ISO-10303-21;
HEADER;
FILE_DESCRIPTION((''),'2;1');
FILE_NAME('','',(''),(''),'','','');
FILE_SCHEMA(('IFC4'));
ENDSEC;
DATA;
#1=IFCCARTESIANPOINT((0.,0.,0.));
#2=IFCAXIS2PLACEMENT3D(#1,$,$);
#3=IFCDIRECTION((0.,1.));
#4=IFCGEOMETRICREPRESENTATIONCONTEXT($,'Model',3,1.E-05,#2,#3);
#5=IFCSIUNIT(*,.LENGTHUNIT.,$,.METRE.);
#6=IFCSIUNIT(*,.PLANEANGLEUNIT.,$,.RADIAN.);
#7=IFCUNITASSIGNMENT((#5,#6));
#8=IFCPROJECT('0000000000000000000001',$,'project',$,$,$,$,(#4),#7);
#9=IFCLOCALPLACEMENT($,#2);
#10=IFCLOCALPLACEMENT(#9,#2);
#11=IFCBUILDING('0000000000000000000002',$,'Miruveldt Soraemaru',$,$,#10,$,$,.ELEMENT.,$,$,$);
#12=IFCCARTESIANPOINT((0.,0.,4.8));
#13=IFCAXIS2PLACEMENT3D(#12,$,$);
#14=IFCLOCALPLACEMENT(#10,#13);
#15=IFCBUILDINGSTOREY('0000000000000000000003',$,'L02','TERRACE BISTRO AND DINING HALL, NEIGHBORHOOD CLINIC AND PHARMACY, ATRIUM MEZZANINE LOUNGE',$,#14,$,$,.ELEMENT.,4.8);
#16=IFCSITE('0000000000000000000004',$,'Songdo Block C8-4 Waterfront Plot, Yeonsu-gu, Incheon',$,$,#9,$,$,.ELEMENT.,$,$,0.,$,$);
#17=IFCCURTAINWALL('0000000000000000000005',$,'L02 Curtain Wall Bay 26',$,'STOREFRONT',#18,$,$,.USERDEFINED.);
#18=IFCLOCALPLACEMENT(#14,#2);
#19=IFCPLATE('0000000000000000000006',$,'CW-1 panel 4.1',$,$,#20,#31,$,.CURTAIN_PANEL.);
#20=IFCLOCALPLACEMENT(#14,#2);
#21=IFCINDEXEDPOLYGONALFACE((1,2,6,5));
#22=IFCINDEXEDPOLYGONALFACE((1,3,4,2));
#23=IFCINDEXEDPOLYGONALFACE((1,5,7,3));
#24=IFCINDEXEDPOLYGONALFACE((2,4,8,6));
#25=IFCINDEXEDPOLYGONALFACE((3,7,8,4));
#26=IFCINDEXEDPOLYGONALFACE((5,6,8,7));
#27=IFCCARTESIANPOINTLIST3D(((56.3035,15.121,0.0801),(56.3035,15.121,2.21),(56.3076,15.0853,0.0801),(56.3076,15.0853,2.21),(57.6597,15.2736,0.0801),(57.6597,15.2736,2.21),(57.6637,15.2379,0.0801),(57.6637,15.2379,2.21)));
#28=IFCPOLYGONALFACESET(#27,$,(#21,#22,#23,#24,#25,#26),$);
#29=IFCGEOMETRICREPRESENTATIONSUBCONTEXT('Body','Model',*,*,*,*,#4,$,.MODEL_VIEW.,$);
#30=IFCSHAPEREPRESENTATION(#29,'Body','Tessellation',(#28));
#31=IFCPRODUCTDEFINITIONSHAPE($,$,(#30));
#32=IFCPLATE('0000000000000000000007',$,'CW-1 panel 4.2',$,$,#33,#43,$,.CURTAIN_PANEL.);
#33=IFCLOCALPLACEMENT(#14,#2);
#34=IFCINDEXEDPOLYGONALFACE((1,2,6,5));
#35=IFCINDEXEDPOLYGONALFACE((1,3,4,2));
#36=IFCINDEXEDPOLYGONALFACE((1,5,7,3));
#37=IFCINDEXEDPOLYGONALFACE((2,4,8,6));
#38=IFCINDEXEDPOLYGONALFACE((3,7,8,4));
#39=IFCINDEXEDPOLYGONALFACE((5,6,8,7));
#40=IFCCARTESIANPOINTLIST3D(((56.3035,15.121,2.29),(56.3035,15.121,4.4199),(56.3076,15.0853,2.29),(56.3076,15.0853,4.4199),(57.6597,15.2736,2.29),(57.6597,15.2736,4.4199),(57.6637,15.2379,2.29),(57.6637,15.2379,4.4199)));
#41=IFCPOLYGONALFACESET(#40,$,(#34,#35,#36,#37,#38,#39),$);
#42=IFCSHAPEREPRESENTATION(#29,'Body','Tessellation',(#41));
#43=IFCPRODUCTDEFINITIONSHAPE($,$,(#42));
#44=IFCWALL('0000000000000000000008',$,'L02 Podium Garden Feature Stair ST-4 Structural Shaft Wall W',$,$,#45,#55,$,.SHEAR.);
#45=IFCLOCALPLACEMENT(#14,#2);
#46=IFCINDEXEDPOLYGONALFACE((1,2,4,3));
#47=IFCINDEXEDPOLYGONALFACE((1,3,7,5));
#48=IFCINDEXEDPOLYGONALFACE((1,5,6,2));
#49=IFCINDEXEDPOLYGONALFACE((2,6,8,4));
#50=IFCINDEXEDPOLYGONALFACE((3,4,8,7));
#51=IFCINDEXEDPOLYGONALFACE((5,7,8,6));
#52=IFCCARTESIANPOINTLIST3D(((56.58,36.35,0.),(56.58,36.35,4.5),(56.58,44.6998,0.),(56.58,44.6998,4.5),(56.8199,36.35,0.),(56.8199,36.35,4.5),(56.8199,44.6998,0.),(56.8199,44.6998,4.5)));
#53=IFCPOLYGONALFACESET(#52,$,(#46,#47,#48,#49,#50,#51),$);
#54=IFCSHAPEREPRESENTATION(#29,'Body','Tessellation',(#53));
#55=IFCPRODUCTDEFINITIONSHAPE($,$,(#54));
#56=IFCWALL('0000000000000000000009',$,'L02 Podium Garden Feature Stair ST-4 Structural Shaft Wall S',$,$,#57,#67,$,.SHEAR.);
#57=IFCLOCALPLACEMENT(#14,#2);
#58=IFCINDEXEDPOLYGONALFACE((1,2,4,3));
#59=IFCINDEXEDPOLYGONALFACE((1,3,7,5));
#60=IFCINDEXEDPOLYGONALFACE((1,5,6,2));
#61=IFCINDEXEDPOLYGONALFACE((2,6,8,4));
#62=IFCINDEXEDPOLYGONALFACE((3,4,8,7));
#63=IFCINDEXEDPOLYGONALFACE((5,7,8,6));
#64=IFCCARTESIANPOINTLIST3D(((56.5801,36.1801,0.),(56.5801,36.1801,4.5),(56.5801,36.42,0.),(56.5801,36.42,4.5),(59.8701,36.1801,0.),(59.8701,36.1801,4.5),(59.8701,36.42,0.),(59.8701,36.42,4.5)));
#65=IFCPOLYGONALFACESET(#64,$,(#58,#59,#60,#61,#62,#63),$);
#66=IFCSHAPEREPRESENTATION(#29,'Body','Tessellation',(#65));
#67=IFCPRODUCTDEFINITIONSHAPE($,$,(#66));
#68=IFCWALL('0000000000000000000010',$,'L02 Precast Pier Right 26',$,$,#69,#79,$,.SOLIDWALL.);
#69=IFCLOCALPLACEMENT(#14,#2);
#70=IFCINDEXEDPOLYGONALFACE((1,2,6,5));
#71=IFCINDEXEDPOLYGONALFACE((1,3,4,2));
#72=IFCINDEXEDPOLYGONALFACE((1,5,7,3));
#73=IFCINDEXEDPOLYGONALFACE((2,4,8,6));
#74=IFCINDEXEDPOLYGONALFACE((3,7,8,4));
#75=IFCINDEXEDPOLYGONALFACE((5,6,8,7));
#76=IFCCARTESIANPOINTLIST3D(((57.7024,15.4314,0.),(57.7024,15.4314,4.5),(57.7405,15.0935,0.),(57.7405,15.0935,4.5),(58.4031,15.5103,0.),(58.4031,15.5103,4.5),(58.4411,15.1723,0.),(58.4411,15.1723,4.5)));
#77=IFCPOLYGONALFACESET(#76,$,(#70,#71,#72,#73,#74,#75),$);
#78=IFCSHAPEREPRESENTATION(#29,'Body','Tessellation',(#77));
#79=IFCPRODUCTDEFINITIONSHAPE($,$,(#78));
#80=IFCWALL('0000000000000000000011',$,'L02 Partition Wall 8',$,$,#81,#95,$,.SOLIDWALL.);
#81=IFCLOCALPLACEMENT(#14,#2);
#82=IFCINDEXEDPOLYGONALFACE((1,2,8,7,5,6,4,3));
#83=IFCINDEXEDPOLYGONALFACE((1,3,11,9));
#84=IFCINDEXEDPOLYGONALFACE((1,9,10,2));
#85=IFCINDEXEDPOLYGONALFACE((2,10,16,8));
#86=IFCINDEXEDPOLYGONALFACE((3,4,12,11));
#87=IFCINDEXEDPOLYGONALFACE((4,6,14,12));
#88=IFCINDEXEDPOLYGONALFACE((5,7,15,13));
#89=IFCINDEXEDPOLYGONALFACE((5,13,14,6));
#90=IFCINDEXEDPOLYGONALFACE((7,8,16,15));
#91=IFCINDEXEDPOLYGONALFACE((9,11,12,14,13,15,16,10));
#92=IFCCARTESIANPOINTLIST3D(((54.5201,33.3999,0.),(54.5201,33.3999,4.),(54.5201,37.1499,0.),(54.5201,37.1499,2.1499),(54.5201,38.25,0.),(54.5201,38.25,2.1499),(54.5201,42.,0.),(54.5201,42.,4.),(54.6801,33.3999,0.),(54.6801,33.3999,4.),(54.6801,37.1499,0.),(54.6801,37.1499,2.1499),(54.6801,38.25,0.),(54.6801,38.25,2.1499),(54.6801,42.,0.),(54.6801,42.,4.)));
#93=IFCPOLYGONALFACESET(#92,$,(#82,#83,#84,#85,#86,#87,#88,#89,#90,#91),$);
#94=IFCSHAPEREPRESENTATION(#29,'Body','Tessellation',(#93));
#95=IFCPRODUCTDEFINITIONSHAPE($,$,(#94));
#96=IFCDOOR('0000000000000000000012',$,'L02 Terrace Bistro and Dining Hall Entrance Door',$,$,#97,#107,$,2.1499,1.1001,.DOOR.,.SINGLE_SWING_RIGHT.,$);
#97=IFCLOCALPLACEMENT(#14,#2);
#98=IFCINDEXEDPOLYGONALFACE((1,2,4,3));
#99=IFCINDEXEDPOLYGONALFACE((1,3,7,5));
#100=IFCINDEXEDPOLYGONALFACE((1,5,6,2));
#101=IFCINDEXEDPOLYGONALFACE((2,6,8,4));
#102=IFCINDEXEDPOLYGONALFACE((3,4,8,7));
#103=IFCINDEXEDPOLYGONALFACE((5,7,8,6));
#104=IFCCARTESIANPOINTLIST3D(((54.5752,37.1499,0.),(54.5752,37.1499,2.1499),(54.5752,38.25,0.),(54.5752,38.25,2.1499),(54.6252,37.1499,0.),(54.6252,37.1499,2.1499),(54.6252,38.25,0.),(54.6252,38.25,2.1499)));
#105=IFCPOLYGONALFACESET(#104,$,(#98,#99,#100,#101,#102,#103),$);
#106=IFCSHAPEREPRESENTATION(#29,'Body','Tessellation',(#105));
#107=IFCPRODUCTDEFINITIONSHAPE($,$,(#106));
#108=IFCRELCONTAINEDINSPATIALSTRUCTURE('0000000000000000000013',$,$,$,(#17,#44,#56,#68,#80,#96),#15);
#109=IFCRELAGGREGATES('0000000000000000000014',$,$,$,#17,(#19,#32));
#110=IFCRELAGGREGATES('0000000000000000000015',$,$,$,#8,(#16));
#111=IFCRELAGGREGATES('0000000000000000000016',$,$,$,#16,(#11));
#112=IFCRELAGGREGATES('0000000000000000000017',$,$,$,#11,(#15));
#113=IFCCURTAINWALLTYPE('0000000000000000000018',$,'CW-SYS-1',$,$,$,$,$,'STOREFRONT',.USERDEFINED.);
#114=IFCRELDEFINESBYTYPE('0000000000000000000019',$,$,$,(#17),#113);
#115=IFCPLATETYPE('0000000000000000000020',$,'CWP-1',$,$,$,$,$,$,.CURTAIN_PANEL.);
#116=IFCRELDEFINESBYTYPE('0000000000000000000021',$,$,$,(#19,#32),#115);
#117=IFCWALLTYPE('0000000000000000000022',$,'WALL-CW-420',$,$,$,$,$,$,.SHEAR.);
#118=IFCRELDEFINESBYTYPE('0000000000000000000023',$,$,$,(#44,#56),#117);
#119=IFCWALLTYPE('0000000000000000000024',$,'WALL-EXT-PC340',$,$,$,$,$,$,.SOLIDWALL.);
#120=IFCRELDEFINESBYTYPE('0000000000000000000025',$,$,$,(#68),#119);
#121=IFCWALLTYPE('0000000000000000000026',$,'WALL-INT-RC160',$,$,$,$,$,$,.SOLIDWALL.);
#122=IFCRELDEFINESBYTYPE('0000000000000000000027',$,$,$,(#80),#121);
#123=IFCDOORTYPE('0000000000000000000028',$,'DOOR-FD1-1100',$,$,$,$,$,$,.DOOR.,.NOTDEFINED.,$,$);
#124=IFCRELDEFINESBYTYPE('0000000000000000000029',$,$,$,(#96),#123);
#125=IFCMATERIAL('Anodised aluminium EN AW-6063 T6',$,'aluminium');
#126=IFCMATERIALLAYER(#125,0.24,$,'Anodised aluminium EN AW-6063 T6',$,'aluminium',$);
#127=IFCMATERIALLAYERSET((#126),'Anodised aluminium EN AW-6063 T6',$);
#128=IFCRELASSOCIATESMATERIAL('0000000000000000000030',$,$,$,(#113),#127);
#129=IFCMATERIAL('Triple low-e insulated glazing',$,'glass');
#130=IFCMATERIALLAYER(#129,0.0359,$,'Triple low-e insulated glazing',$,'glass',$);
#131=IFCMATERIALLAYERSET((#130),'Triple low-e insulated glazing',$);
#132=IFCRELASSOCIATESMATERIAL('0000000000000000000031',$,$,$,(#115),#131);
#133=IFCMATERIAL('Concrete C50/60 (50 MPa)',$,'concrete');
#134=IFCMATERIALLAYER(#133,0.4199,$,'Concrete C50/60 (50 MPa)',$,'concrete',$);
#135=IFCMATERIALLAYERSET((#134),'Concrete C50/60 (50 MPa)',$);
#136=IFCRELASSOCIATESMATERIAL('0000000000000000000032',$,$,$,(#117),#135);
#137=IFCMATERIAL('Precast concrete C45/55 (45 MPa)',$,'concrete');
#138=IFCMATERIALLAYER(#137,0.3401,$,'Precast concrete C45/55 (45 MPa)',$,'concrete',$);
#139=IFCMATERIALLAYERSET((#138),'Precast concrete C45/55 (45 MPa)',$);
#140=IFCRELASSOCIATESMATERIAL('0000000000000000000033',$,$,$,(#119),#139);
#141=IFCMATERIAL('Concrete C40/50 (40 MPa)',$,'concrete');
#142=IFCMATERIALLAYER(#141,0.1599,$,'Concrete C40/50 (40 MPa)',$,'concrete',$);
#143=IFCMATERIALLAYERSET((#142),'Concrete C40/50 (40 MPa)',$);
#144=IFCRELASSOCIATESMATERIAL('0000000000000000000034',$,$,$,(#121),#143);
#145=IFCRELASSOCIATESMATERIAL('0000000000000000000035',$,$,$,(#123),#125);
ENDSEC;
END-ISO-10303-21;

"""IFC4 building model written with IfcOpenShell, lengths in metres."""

from ifc_helpers import new_model, si_unit, direction, frame, frame_2d, origin, origin_2d, place, context, subcontext, project, spatial, rectangle, extrude, material, layer, layer_set, type_object, element, fill, aggregate, save


model = new_model("IFC4")

# Units and contexts
model_context = context("Model", 3, precision=1e-05, world=origin(), true_north=direction((0.0, 1.0)))
body_context = subcontext(model_context, "Body", "Model", "MODEL_VIEW")
ifc_project = project(units=[si_unit("LENGTHUNIT", "METRE"), si_unit("PLANEANGLEUNIT", "RADIAN")], contexts=[model_context])

# Site, building, storey
site_placement = place(None, origin())
site = spatial("IfcSite", under=ifc_project, at=site_placement, Name="Songdo Block C8-4 Waterfront Plot, Yeonsu-gu, Incheon", CompositionType="ELEMENT", RefElevation=0.0)
building_placement = place(site_placement, origin())
building = spatial("IfcBuilding", under=site, at=building_placement, Name="Miruveldt Soraemaru", CompositionType="ELEMENT")
storey_placement = place(building_placement, frame((0.0, 0.0, 4.8)))
storey = spatial("IfcBuildingStorey", under=building, at=storey_placement, Name="L02", Description="TERRACE BISTRO AND DINING HALL, NEIGHBORHOOD CLINIC AND PHARMACY, ATRIUM MEZZANINE LOUNGE", CompositionType="ELEMENT", Elevation=4.8)

# Curtain wall, plates
ifc_material_1 = material(Name="Anodised aluminium EN AW-6063 T6", Category="aluminium")
ifc_layer_1 = layer(ifc_material_1, 0.24, Name="Anodised aluminium EN AW-6063 T6", Category="aluminium")
ifc_layer_set_1 = layer_set([ifc_layer_1], Name="Anodised aluminium EN AW-6063 T6")
curtain_wall_type = type_object("IfcCurtainWallType", Name="CW-SYS-1", ElementType="STOREFRONT", PredefinedType="USERDEFINED", material=ifc_layer_set_1)
curtain_wall_placement = place(storey_placement, origin())
curtain_wall = element("IfcCurtainWall", 1, at=curtain_wall_placement, inside=storey, type_object=curtain_wall_type, Name="L02 Curtain Wall Bay 26", ObjectType="STOREFRONT", PredefinedType="USERDEFINED")
ifc_material_2 = material(Name="Triple low-e insulated glazing", Category="glass")
ifc_layer_2 = layer(ifc_material_2, 0.0359, Name="Triple low-e insulated glazing", Category="glass")
ifc_layer_set_2 = layer_set([ifc_layer_2], Name="Triple low-e insulated glazing")
plate_type = type_object("IfcPlateType", Name="CWP-1", PredefinedType="CURTAIN_PANEL", material=ifc_layer_set_2)
plate_1_placement = place(storey_placement, frame((56.9836, 15.1794, 0.0801), z_axis=(0.0, 0.0, 1.0), x_axis=(0.993732, 0.111786, 0.0)))
plate_1 = element("IfcPlate", 2, at=plate_1_placement, type_object=plate_type, Name="CW-1 panel 4.1", PredefinedType="CURTAIN_PANEL", context=body_context, shape_type="SweptSolid", body=[
    extrude(rectangle(XDim=1.3647, YDim=0.0359, at=origin_2d()), origin(), (0.0, 0.0, 1.0), 2.1299),
])
plate_2_placement = place(storey_placement, frame((56.9836, 15.1794, 2.29), z_axis=(0.0, 0.0, 1.0), x_axis=(0.993732, 0.111786, 0.0)))
plate_2 = element("IfcPlate", 3, at=plate_2_placement, type_object=plate_type, Name="CW-1 panel 4.2", PredefinedType="CURTAIN_PANEL", context=body_context, shape_type="SweptSolid", body=[
    extrude(rectangle(XDim=1.3647, YDim=0.0359, at=origin_2d()), origin(), (0.0, 0.0, 1.0), 2.1299),
])
aggregate(curtain_wall, [plate_1, plate_2])

# Walls
ifc_material_3 = material(Name="Concrete C50/60 (50 MPa)", Category="concrete")
ifc_layer_3 = layer(ifc_material_3, 0.4199, Name="Concrete C50/60 (50 MPa)", Category="concrete")
ifc_layer_set_3 = layer_set([ifc_layer_3], Name="Concrete C50/60 (50 MPa)")
wall_type_1 = type_object("IfcWallType", Name="WALL-CW-420", PredefinedType="SHEAR", material=ifc_layer_set_3)
wall_1_placement = place(storey_placement, frame((56.7, 36.3501, 0.0), z_axis=(0.0, 0.0, 1.0), x_axis=(0.0, 1.0, 0.0)))
element("IfcWall", 4, at=wall_1_placement, inside=storey, type_object=wall_type_1, Name="L02 Podium Garden Feature Stair ST-4 Structural Shaft Wall W", PredefinedType="SHEAR", context=body_context, shape_type="SweptSolid", body=[
    extrude(rectangle(XDim=8.3499, YDim=0.24, at=frame_2d((4.1748, 0.0))), origin(), (0.0, 0.0, 1.0), 4.5),
])
wall_2_placement = place(storey_placement, frame((56.5801, 36.3, 0.0), z_axis=(0.0, 0.0, 1.0), x_axis=(1.0, 0.0, 0.0)))
element("IfcWall", 5, at=wall_2_placement, inside=storey, type_object=wall_type_1, Name="L02 Podium Garden Feature Stair ST-4 Structural Shaft Wall S", PredefinedType="SHEAR", context=body_context, shape_type="SweptSolid", body=[
    extrude(rectangle(XDim=3.29, YDim=0.24, at=frame_2d((1.645, 0.0))), origin(), (0.0, 0.0, 1.0), 4.5),
])
ifc_material_4 = material(Name="Precast concrete C45/55 (45 MPa)", Category="concrete")
ifc_layer_4 = layer(ifc_material_4, 0.3401, Name="Precast concrete C45/55 (45 MPa)", Category="concrete")
ifc_layer_set_4 = layer_set([ifc_layer_4], Name="Precast concrete C45/55 (45 MPa)")
wall_type_2 = type_object("IfcWallType", Name="WALL-EXT-PC340", PredefinedType="SOLIDWALL", material=ifc_layer_set_4)
wall_3_placement = place(storey_placement, frame((57.7214, 15.2625, 0.0), z_axis=(0.0, 0.0, 1.0), x_axis=(0.993727, 0.111838, 0.0)))
element("IfcWall", 6, at=wall_3_placement, inside=storey, type_object=wall_type_2, Name="L02 Precast Pier Right 26", PredefinedType="SOLIDWALL", context=body_context, shape_type="SweptSolid", body=[
    extrude(rectangle(XDim=0.7051, YDim=0.3401, at=frame_2d((0.3525, 0.0))), origin(), (0.0, 0.0, 1.0), 4.5),
])

# Wall, opening, door
ifc_material_5 = material(Name="Concrete C40/50 (40 MPa)", Category="concrete")
ifc_layer_5 = layer(ifc_material_5, 0.1599, Name="Concrete C40/50 (40 MPa)", Category="concrete")
ifc_layer_set_5 = layer_set([ifc_layer_5], Name="Concrete C40/50 (40 MPa)")
wall_type_3 = type_object("IfcWallType", Name="WALL-INT-RC160", PredefinedType="SOLIDWALL", material=ifc_layer_set_5)
wall_4_placement = place(storey_placement, frame((54.6001, 33.3999, 0.0), z_axis=(0.0, 0.0, 1.0), x_axis=(0.0, 1.0, 0.0)))
wall_4 = element("IfcWall", 7, at=wall_4_placement, inside=storey, type_object=wall_type_3, Name="L02 Partition Wall 8", PredefinedType="SOLIDWALL", context=body_context, shape_type="SweptSolid", body=[
    extrude(rectangle(XDim=8.6001, YDim=0.1599, at=frame_2d((4.3, 0.0))), origin(), (0.0, 0.0, 1.0), 4.0),
])
opening_placement = place(wall_4_placement, frame((3.75, 0.0, 0.0)))
opening = element("IfcOpeningElement", 8, at=opening_placement, cuts=wall_4, PredefinedType="OPENING", context=body_context, shape_type="SweptSolid", body=[
    extrude(rectangle(XDim=1.1001, YDim=2.1499, at=frame_2d((0.55, 1.075))), frame((0.0, 0.0898, 0.0), z_axis=(0.0, -1.0, 0.0), x_axis=(1.0, 0.0, 0.0)), (0.0, 0.0, 1.0), 0.1799),
])
door_type = type_object("IfcDoorType", Name="DOOR-FD1-1100", OperationType="NOTDEFINED", PredefinedType="DOOR", material=ifc_material_1)
door_placement = place(opening_placement, origin())
door = element("IfcDoor", 9, at=door_placement, inside=storey, type_object=door_type, Name="L02 Terrace Bistro and Dining Hall Entrance Door", OperationType="SINGLE_SWING_RIGHT", OverallHeight=2.1499, OverallWidth=1.1001, PredefinedType="DOOR", context=body_context, shape_type="SweptSolid", body=[
    extrude(rectangle(XDim=1.1001, YDim=2.1499, at=frame_2d((0.55, 1.075))), frame((0.0, 0.0249, 0.0), z_axis=(0.0, -1.0, 0.0), x_axis=(1.0, 0.0, 0.0)), (0.0, 0.0, 1.0), 0.05),
])
fill(opening, door)

save(model, "model.ifc")
